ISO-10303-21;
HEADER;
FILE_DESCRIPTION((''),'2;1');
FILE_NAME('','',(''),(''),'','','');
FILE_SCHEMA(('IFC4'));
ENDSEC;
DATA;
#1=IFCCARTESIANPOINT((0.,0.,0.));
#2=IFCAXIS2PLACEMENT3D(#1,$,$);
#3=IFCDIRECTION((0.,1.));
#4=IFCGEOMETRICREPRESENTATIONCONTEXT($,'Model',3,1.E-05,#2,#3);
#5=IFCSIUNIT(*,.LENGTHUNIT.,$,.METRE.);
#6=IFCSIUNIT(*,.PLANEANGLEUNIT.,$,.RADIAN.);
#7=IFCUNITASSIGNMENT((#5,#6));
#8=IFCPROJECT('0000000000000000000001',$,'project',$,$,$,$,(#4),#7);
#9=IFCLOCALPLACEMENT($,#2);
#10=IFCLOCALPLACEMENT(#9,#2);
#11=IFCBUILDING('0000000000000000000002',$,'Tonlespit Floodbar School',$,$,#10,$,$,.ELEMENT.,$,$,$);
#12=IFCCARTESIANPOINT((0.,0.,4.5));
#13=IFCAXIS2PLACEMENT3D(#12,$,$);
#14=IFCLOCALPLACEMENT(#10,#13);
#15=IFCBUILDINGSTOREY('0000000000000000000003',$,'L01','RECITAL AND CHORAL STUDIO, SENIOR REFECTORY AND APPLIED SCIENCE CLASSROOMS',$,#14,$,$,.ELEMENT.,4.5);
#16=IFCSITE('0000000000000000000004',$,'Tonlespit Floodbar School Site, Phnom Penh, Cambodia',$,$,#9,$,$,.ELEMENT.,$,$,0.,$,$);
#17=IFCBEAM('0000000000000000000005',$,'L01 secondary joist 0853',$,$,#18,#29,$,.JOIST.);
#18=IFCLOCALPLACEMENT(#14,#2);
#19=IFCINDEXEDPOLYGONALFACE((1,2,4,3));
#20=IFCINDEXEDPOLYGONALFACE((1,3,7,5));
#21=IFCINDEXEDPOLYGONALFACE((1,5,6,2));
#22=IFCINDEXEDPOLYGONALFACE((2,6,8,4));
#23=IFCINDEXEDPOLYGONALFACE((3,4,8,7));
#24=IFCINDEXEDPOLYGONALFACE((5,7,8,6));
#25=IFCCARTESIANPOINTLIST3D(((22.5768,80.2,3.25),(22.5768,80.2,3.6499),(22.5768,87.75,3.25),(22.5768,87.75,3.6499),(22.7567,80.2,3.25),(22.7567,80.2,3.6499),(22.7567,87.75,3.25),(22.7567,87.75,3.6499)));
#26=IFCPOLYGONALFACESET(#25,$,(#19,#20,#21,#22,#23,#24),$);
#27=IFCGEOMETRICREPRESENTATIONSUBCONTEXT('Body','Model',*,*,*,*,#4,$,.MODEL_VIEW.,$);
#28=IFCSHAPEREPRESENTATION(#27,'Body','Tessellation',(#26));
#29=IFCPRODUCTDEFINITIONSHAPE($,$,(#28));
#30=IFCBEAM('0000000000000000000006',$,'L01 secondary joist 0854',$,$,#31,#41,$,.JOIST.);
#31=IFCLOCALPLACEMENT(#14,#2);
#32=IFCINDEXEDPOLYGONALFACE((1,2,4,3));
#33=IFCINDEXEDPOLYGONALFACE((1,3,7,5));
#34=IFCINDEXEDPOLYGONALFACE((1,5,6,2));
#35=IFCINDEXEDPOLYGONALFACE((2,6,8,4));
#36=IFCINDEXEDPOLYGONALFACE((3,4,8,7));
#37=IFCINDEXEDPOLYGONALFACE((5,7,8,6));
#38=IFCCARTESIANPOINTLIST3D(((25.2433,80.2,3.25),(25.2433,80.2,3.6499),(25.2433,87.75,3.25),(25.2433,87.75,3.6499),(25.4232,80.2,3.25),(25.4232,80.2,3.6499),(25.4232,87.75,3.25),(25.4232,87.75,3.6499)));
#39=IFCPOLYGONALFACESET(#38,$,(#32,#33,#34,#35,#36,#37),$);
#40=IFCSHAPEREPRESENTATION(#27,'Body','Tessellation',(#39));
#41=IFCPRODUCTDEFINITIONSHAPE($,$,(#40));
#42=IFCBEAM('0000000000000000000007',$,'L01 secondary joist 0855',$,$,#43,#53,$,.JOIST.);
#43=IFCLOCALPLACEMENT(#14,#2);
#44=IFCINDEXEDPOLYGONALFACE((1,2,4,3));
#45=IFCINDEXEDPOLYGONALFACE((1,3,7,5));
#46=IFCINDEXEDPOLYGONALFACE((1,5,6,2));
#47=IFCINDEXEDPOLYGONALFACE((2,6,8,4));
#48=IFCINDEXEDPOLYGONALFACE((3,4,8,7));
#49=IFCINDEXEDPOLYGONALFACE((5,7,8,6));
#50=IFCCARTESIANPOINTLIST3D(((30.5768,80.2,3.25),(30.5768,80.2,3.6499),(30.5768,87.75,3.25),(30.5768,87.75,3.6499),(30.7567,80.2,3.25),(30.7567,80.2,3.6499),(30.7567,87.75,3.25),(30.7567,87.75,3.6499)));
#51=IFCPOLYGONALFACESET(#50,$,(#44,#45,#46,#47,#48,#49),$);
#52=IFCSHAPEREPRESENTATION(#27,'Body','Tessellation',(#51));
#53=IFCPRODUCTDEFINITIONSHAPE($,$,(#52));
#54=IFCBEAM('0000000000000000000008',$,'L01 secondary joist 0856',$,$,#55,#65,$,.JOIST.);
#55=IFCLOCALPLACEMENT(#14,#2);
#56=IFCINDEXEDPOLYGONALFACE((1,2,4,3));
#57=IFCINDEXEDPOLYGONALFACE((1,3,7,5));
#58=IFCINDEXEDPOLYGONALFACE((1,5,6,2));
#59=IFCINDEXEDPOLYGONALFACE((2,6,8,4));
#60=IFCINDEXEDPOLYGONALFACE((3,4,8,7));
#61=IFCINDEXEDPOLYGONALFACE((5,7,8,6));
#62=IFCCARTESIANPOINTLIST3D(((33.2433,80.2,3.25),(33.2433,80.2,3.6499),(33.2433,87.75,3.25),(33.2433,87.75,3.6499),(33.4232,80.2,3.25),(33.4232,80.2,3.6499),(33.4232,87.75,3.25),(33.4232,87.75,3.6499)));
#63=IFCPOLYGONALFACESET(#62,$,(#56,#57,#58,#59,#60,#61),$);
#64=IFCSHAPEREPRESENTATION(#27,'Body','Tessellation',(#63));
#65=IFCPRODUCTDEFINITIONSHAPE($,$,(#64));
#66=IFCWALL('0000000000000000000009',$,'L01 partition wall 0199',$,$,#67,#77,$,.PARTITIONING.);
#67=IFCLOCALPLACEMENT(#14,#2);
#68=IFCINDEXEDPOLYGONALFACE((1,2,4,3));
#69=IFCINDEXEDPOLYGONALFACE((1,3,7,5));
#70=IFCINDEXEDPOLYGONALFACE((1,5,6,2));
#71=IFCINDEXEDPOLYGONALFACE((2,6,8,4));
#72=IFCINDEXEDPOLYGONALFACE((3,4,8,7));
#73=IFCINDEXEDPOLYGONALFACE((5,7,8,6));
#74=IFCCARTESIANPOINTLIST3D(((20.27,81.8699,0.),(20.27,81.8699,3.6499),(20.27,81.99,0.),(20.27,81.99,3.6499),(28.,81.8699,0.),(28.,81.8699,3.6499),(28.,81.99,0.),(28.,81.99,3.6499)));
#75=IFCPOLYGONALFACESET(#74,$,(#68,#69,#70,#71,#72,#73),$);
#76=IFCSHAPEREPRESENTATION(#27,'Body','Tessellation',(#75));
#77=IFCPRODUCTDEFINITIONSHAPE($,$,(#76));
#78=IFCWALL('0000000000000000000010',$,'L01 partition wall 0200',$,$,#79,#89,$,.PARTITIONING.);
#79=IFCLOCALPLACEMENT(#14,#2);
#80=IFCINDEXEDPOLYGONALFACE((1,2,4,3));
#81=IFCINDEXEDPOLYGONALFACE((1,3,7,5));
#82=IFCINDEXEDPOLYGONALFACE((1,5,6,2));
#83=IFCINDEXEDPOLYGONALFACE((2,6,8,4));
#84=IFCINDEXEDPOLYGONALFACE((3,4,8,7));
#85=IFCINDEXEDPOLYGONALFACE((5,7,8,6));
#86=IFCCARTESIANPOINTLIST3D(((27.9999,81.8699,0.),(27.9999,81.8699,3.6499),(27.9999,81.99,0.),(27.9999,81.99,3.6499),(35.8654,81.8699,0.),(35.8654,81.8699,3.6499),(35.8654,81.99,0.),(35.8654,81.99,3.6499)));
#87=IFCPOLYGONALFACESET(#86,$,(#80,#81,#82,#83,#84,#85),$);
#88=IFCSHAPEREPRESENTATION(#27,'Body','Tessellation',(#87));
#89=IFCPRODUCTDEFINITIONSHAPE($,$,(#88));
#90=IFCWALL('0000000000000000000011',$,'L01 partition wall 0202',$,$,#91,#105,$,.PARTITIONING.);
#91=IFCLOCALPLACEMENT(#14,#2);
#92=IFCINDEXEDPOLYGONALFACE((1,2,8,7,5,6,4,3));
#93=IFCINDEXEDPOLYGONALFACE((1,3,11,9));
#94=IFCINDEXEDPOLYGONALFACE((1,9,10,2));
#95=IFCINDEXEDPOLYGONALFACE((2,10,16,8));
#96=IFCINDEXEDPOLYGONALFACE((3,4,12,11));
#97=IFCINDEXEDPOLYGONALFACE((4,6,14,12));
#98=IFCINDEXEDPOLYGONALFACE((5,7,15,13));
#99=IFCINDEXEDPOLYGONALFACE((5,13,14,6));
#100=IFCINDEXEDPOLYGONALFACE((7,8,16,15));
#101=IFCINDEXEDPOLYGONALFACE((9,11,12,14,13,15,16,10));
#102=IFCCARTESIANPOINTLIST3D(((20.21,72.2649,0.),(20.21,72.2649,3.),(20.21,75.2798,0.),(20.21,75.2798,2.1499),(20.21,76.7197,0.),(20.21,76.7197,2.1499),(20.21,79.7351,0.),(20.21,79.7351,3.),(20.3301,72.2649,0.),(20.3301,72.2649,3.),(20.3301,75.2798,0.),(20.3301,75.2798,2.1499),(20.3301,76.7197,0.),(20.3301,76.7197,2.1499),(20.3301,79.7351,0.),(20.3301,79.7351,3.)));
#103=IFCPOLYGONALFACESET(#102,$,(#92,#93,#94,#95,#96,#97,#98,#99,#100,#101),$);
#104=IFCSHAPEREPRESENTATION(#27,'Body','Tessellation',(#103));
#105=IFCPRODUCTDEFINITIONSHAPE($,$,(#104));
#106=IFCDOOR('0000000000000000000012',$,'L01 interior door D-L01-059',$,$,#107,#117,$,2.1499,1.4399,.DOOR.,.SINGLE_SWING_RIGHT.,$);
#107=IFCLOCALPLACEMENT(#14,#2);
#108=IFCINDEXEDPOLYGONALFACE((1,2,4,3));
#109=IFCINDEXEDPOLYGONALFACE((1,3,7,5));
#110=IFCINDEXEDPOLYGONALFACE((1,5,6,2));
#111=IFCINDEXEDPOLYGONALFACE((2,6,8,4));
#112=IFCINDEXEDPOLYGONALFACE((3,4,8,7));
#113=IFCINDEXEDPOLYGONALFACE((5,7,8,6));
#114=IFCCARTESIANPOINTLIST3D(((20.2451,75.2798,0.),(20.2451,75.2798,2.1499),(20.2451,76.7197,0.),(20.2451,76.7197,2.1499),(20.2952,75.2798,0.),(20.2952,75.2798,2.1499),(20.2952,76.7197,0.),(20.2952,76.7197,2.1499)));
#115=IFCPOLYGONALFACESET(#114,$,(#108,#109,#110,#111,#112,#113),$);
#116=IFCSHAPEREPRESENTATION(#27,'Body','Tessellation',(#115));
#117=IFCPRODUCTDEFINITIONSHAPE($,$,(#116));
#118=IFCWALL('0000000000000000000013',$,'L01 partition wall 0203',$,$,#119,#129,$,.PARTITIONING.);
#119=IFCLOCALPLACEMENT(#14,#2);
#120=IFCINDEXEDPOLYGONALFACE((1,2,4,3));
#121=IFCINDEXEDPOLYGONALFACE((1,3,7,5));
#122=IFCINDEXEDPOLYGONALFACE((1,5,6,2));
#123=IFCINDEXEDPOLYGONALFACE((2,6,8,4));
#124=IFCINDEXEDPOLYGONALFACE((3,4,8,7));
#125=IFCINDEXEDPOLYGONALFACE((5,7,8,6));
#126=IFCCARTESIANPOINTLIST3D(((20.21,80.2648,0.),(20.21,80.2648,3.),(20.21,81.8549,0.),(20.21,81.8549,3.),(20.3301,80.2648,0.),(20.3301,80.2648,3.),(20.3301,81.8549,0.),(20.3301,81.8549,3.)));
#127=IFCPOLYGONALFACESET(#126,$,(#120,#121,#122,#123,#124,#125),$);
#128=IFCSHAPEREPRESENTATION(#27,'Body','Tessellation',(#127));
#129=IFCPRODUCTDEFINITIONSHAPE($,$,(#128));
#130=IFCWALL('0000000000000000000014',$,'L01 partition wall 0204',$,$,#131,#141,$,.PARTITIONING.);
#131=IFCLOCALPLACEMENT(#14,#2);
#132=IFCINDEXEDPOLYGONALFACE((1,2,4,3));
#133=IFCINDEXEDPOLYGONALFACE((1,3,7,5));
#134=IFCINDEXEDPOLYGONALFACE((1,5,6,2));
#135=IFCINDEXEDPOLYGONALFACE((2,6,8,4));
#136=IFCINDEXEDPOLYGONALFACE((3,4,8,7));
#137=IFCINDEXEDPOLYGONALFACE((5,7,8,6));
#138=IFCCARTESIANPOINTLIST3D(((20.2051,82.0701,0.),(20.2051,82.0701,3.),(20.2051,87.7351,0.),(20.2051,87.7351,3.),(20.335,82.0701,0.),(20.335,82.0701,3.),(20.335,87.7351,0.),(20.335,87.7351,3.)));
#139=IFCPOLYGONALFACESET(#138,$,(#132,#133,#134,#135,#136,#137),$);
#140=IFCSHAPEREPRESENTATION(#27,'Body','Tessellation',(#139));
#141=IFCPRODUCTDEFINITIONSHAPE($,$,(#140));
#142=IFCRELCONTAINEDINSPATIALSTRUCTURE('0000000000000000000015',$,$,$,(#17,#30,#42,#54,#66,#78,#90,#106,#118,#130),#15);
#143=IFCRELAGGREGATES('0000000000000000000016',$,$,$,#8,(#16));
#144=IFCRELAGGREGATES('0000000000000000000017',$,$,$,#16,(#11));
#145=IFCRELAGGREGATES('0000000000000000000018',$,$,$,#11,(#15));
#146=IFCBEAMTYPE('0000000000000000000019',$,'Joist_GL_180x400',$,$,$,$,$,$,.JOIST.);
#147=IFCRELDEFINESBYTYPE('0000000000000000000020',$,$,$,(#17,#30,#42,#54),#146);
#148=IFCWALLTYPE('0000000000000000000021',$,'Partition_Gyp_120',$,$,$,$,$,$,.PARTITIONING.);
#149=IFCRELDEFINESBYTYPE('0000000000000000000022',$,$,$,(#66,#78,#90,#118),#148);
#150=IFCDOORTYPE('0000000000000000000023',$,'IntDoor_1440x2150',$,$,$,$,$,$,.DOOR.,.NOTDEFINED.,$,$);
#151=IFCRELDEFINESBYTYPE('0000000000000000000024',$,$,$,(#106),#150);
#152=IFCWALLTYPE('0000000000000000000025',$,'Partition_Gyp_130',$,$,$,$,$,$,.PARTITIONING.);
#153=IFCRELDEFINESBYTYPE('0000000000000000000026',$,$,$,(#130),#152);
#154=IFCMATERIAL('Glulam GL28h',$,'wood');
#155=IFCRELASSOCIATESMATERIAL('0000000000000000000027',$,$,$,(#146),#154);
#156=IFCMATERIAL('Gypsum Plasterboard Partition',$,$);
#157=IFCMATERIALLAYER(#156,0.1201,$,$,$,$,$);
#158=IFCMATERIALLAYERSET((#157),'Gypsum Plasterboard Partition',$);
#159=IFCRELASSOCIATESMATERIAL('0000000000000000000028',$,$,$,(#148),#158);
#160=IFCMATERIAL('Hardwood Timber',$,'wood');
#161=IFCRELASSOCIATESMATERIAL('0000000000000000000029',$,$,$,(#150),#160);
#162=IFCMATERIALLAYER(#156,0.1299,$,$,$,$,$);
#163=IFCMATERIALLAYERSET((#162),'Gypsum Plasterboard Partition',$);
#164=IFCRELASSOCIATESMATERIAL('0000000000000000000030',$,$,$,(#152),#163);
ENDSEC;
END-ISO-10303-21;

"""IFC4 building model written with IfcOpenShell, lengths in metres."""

from ifc_helpers import new_model, si_unit, direction, frame, frame_2d, origin, origin_2d, place, context, subcontext, project, spatial, rectangle, extrude, material, layer, layer_set, material_profile, profile_set, type_object, element, fill, save


model = new_model("IFC4")

# Units and contexts
model_context = context("Model", 3, precision=1e-05, world=origin(), true_north=direction((0.0, 1.0)))
body_context = subcontext(model_context, "Body", "Model", "MODEL_VIEW")
ifc_project = project(units=[si_unit("LENGTHUNIT", "METRE"), si_unit("PLANEANGLEUNIT", "RADIAN")], contexts=[model_context])

# Site, building, storey
site_placement = place(None, origin())
site = spatial("IfcSite", under=ifc_project, at=site_placement, Name="Tonlespit Floodbar School Site, Phnom Penh, Cambodia", CompositionType="ELEMENT", RefElevation=0.0)
building_placement = place(site_placement, origin())
building = spatial("IfcBuilding", under=site, at=building_placement, Name="Tonlespit Floodbar School", CompositionType="ELEMENT")
storey_placement = place(building_placement, frame((0.0, 0.0, 4.5)))
storey = spatial("IfcBuildingStorey", under=building, at=storey_placement, Name="L01", Description="RECITAL AND CHORAL STUDIO, SENIOR REFECTORY AND APPLIED SCIENCE CLASSROOMS", CompositionType="ELEMENT", Elevation=4.5)

# Beams
ifc_material_1 = material(Name="Glulam GL28h", Category="wood")
ifc_material_profile_1 = material_profile(ifc_material_1, rectangle(XDim=0.1799, YDim=0.3999, at=origin_2d()), Name="GL 180x400")
ifc_profile_set_1 = profile_set([ifc_material_profile_1], Name="Glulam GL28h")
beam_type_1 = type_object("IfcBeamType", Name="Joist_GL_180x400", PredefinedType="JOIST", material=ifc_profile_set_1)
for number, where, z_axis, x_axis, name in (
    (1, (22.6667, 80.2, 3.45), (0.0, 1.0, 0.0), (-1.0, 0.0, 0.0), "L01 secondary joist 0853"),
    (2, (25.3333, 80.2, 3.45), (0.0, 1.0, 0.0), (-1.0, 0.0, 0.0), "L01 secondary joist 0854"),
    (3, (30.6667, 80.2, 3.45), (0.0, 1.0, 0.0), (-1.0, 0.0, 0.0), "L01 secondary joist 0855"),
    (4, (33.3333, 80.2, 3.45), (0.0, 1.0, 0.0), (-1.0, 0.0, 0.0), "L01 secondary joist 0856"),
):
    element("IfcBeam", number, at=place(storey_placement, frame(where, z_axis=z_axis, x_axis=x_axis)), inside=storey, type_object=beam_type_1, Name=name, PredefinedType="JOIST", context=body_context, shape_type="SweptSolid", body=[
        extrude(rectangle(XDim=0.1799, YDim=0.3999, at=origin_2d()), origin(), (0.0, 0.0, 1.0), 7.55),
    ])

# Walls
ifc_material_2 = material(Name="Gypsum Plasterboard Partition")
ifc_layer_1 = layer(ifc_material_2, 0.1201)
ifc_layer_set_1 = layer_set([ifc_layer_1], Name="Gypsum Plasterboard Partition")
wall_type_1 = type_object("IfcWallType", Name="Partition_Gyp_120", PredefinedType="PARTITIONING", material=ifc_layer_set_1)
wall_1_placement = place(storey_placement, frame((20.27, 81.9299, 0.0), z_axis=(0.0, 0.0, 1.0), x_axis=(1.0, 0.0, 0.0)))
element("IfcWall", 5, at=wall_1_placement, inside=storey, type_object=wall_type_1, Name="L01 partition wall 0199", PredefinedType="PARTITIONING", context=body_context, shape_type="SweptSolid", body=[
    extrude(rectangle(XDim=7.73, YDim=0.1201, at=frame_2d((3.865, 0.0))), origin(), (0.0, 0.0, 1.0), 3.6499),
])
wall_2_placement = place(storey_placement, frame((28.0, 81.9299, 0.0), z_axis=(0.0, 0.0, 1.0), x_axis=(1.0, 0.0, 0.0)))
element("IfcWall", 6, at=wall_2_placement, inside=storey, type_object=wall_type_1, Name="L01 partition wall 0200", PredefinedType="PARTITIONING", context=body_context, shape_type="SweptSolid", body=[
    extrude(rectangle(XDim=7.8655, YDim=0.1201, at=frame_2d((3.9326, 0.0))), origin(), (0.0, 0.0, 1.0), 3.6499),
])

# Wall, opening, door
wall_3_placement = place(storey_placement, frame((20.27, 72.2649, 0.0), z_axis=(0.0, 0.0, 1.0), x_axis=(0.0, 1.0, 0.0)))
wall_3 = element("IfcWall", 7, at=wall_3_placement, inside=storey, type_object=wall_type_1, Name="L01 partition wall 0202", PredefinedType="PARTITIONING", context=body_context, shape_type="SweptSolid", body=[
    extrude(rectangle(XDim=7.4702, YDim=0.1201, at=frame_2d((3.7351, 0.0))), origin(), (0.0, 0.0, 1.0), 3.0),
])
opening_placement = place(wall_3_placement, frame((3.0149, 0.0, 0.0)))
opening = element("IfcOpeningElement", 8, at=opening_placement, cuts=wall_3, PredefinedType="OPENING", context=body_context, shape_type="SweptSolid", body=[
    extrude(rectangle(XDim=1.4399, YDim=2.1499, at=frame_2d((0.72, 1.075))), frame((0.0, 0.0701, 0.0), z_axis=(0.0, -1.0, 0.0), x_axis=(1.0, 0.0, 0.0)), (0.0, 0.0, 1.0), 0.1401),
])
ifc_material_3 = material(Name="Hardwood Timber", Category="wood")
door_type = type_object("IfcDoorType", Name="IntDoor_1440x2150", OperationType="NOTDEFINED", PredefinedType="DOOR", material=ifc_material_3)
door_placement = place(opening_placement, origin())
door = element("IfcDoor", 9, at=door_placement, inside=storey, type_object=door_type, Name="L01 interior door D-L01-059", OperationType="SINGLE_SWING_RIGHT", OverallHeight=2.1499, OverallWidth=1.4399, PredefinedType="DOOR", context=body_context, shape_type="SweptSolid", body=[
    extrude(rectangle(XDim=1.4399, YDim=2.1499, at=frame_2d((0.72, 1.075))), frame((0.0, 0.0249, 0.0), z_axis=(0.0, -1.0, 0.0), x_axis=(1.0, 0.0, 0.0)), (0.0, 0.0, 1.0), 0.05),
])
fill(opening, door)

# Walls
wall_4_placement = place(storey_placement, frame((20.27, 80.2649, 0.0), z_axis=(0.0, 0.0, 1.0), x_axis=(0.0, 1.0, 0.0)))
element("IfcWall", 10, at=wall_4_placement, inside=storey, type_object=wall_type_1, Name="L01 partition wall 0203", PredefinedType="PARTITIONING", context=body_context, shape_type="SweptSolid", body=[
    extrude(rectangle(XDim=1.5901, YDim=0.1201, at=frame_2d((0.7949, 0.0))), origin(), (0.0, 0.0, 1.0), 3.0),
])
ifc_layer_2 = layer(ifc_material_2, 0.1299)
ifc_layer_set_2 = layer_set([ifc_layer_2], Name="Gypsum Plasterboard Partition")
wall_type_2 = type_object("IfcWallType", Name="Partition_Gyp_130", PredefinedType="PARTITIONING", material=ifc_layer_set_2)
wall_5_placement = place(storey_placement, frame((20.27, 82.0701, 0.0), z_axis=(0.0, 0.0, 1.0), x_axis=(0.0, 1.0, 0.0)))
element("IfcWall", 11, at=wall_5_placement, inside=storey, type_object=wall_type_2, Name="L01 partition wall 0204", PredefinedType="PARTITIONING", context=body_context, shape_type="SweptSolid", body=[
    extrude(rectangle(XDim=5.665, YDim=0.1299, at=frame_2d((2.8325, 0.0))), origin(), (0.0, 0.0, 1.0), 3.0),
])

save(model, "model.ifc")
